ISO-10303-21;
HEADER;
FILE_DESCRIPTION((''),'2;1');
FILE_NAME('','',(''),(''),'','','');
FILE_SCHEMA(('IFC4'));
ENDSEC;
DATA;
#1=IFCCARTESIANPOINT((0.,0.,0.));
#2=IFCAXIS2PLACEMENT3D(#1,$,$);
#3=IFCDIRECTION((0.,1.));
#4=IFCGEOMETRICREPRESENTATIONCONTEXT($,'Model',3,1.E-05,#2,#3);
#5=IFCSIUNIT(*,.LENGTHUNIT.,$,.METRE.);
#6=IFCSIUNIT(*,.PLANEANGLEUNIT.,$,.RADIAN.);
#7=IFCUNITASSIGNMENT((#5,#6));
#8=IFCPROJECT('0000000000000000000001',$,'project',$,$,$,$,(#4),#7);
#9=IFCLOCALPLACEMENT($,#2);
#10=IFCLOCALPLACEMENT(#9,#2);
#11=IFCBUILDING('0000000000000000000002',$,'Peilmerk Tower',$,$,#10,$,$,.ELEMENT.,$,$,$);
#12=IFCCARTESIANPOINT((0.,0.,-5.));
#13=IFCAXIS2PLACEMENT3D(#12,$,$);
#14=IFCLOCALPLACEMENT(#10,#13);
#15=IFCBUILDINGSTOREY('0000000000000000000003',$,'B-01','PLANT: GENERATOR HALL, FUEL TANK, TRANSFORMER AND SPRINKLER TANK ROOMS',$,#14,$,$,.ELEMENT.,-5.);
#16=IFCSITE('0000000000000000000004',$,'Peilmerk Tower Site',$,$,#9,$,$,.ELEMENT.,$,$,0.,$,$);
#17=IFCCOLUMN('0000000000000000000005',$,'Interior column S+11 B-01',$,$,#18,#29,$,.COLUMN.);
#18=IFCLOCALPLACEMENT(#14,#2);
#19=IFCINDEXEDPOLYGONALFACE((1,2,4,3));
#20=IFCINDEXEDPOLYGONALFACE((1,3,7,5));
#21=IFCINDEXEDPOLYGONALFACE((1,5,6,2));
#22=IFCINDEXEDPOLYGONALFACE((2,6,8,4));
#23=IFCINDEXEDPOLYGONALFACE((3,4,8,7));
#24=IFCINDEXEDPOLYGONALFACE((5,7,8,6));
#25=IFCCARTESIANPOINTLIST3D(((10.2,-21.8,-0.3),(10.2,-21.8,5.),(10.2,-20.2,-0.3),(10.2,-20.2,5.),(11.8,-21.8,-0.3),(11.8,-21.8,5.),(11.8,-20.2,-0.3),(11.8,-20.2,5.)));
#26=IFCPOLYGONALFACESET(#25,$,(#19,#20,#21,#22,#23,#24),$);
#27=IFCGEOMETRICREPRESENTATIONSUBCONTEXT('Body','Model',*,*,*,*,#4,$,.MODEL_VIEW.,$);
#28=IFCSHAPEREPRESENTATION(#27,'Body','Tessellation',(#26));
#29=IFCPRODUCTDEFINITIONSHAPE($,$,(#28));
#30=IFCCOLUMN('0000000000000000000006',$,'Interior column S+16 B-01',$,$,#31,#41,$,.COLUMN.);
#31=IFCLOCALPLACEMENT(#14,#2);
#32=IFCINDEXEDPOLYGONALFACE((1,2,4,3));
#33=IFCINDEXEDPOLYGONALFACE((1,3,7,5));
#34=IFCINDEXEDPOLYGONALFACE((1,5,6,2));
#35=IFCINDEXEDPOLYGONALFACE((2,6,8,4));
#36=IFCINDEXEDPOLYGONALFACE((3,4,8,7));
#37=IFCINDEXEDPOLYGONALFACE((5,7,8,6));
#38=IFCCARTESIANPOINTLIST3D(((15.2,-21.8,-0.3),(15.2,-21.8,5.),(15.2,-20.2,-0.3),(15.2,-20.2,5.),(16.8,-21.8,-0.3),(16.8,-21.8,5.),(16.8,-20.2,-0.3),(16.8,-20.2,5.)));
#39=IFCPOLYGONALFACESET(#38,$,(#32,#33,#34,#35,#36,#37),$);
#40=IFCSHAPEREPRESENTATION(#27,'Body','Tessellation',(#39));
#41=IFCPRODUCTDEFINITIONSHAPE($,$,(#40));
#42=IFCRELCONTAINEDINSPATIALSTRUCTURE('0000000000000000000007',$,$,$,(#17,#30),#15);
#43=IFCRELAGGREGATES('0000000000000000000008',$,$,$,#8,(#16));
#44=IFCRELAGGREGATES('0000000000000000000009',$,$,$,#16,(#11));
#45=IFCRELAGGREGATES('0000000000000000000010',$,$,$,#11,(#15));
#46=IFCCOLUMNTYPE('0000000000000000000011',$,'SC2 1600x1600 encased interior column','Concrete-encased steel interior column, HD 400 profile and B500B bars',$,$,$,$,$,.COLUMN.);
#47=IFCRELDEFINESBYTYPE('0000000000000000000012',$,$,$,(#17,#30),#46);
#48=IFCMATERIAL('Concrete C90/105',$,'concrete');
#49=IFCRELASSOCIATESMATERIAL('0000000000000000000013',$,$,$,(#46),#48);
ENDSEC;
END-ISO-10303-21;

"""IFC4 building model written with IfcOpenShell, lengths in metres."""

from ifc_helpers import new_model, si_unit, direction, frame, origin, origin_2d, place, context, subcontext, project, spatial, rectangle, extrude, material, material_profile, profile_set, type_object, element, save


model = new_model("IFC4")

# Units and contexts
model_context = context("Model", 3, precision=1e-05, world=origin(), true_north=direction((0.0, 1.0)))
body_context = subcontext(model_context, "Body", "Model", "MODEL_VIEW")
ifc_project = project(units=[si_unit("LENGTHUNIT", "METRE"), si_unit("PLANEANGLEUNIT", "RADIAN")], contexts=[model_context])

# Site, building, storey
site_placement = place(None, origin())
site = spatial("IfcSite", under=ifc_project, at=site_placement, Name="Peilmerk Tower Site", CompositionType="ELEMENT", RefElevation=0.0)
building_placement = place(site_placement, origin())
building = spatial("IfcBuilding", under=site, at=building_placement, Name="Peilmerk Tower", CompositionType="ELEMENT")
storey_placement = place(building_placement, frame((0.0, 0.0, -5.0)))
storey = spatial("IfcBuildingStorey", under=building, at=storey_placement, Name="B-01", Description="PLANT: GENERATOR HALL, FUEL TANK, TRANSFORMER AND SPRINKLER TANK ROOMS", CompositionType="ELEMENT", Elevation=-5.0)

# Columns
ifc_material_1 = material(Name="Concrete C90/105", Category="concrete")
ifc_material_profile_1 = material_profile(ifc_material_1, rectangle(XDim=1.6001, YDim=1.6001, at=origin_2d()), Name="RC 1600x1600")
ifc_profile_set_1 = profile_set([ifc_material_profile_1], Name="Concrete C90/105")
column_type = type_object("IfcColumnType", Name="SC2 1600x1600 encased interior column", Description="Concrete-encased steel interior column, HD 400 profile and B500B bars", PredefinedType="COLUMN", material=ifc_profile_set_1)
for number, where, z_axis, x_axis, name in (
    (1, (11.0, -21.0, -0.3), (0.0, 0.0, 1.0), (1.0, 0.0, 0.0), "Interior column S+11 B-01"),
    (2, (16.0, -21.0, -0.3), (0.0, 0.0, 1.0), (1.0, 0.0, 0.0), "Interior column S+16 B-01"),
):
    element("IfcColumn", number, at=place(storey_placement, frame(where, z_axis=z_axis, x_axis=x_axis)), inside=storey, type_object=column_type, Name=name, PredefinedType="COLUMN", context=body_context, shape_type="SweptSolid", body=[
        extrude(rectangle(XDim=1.6001, YDim=1.6001, at=origin_2d()), origin(), (0.0, 0.0, 1.0), 5.3),
    ])

save(model, "model.ifc")
